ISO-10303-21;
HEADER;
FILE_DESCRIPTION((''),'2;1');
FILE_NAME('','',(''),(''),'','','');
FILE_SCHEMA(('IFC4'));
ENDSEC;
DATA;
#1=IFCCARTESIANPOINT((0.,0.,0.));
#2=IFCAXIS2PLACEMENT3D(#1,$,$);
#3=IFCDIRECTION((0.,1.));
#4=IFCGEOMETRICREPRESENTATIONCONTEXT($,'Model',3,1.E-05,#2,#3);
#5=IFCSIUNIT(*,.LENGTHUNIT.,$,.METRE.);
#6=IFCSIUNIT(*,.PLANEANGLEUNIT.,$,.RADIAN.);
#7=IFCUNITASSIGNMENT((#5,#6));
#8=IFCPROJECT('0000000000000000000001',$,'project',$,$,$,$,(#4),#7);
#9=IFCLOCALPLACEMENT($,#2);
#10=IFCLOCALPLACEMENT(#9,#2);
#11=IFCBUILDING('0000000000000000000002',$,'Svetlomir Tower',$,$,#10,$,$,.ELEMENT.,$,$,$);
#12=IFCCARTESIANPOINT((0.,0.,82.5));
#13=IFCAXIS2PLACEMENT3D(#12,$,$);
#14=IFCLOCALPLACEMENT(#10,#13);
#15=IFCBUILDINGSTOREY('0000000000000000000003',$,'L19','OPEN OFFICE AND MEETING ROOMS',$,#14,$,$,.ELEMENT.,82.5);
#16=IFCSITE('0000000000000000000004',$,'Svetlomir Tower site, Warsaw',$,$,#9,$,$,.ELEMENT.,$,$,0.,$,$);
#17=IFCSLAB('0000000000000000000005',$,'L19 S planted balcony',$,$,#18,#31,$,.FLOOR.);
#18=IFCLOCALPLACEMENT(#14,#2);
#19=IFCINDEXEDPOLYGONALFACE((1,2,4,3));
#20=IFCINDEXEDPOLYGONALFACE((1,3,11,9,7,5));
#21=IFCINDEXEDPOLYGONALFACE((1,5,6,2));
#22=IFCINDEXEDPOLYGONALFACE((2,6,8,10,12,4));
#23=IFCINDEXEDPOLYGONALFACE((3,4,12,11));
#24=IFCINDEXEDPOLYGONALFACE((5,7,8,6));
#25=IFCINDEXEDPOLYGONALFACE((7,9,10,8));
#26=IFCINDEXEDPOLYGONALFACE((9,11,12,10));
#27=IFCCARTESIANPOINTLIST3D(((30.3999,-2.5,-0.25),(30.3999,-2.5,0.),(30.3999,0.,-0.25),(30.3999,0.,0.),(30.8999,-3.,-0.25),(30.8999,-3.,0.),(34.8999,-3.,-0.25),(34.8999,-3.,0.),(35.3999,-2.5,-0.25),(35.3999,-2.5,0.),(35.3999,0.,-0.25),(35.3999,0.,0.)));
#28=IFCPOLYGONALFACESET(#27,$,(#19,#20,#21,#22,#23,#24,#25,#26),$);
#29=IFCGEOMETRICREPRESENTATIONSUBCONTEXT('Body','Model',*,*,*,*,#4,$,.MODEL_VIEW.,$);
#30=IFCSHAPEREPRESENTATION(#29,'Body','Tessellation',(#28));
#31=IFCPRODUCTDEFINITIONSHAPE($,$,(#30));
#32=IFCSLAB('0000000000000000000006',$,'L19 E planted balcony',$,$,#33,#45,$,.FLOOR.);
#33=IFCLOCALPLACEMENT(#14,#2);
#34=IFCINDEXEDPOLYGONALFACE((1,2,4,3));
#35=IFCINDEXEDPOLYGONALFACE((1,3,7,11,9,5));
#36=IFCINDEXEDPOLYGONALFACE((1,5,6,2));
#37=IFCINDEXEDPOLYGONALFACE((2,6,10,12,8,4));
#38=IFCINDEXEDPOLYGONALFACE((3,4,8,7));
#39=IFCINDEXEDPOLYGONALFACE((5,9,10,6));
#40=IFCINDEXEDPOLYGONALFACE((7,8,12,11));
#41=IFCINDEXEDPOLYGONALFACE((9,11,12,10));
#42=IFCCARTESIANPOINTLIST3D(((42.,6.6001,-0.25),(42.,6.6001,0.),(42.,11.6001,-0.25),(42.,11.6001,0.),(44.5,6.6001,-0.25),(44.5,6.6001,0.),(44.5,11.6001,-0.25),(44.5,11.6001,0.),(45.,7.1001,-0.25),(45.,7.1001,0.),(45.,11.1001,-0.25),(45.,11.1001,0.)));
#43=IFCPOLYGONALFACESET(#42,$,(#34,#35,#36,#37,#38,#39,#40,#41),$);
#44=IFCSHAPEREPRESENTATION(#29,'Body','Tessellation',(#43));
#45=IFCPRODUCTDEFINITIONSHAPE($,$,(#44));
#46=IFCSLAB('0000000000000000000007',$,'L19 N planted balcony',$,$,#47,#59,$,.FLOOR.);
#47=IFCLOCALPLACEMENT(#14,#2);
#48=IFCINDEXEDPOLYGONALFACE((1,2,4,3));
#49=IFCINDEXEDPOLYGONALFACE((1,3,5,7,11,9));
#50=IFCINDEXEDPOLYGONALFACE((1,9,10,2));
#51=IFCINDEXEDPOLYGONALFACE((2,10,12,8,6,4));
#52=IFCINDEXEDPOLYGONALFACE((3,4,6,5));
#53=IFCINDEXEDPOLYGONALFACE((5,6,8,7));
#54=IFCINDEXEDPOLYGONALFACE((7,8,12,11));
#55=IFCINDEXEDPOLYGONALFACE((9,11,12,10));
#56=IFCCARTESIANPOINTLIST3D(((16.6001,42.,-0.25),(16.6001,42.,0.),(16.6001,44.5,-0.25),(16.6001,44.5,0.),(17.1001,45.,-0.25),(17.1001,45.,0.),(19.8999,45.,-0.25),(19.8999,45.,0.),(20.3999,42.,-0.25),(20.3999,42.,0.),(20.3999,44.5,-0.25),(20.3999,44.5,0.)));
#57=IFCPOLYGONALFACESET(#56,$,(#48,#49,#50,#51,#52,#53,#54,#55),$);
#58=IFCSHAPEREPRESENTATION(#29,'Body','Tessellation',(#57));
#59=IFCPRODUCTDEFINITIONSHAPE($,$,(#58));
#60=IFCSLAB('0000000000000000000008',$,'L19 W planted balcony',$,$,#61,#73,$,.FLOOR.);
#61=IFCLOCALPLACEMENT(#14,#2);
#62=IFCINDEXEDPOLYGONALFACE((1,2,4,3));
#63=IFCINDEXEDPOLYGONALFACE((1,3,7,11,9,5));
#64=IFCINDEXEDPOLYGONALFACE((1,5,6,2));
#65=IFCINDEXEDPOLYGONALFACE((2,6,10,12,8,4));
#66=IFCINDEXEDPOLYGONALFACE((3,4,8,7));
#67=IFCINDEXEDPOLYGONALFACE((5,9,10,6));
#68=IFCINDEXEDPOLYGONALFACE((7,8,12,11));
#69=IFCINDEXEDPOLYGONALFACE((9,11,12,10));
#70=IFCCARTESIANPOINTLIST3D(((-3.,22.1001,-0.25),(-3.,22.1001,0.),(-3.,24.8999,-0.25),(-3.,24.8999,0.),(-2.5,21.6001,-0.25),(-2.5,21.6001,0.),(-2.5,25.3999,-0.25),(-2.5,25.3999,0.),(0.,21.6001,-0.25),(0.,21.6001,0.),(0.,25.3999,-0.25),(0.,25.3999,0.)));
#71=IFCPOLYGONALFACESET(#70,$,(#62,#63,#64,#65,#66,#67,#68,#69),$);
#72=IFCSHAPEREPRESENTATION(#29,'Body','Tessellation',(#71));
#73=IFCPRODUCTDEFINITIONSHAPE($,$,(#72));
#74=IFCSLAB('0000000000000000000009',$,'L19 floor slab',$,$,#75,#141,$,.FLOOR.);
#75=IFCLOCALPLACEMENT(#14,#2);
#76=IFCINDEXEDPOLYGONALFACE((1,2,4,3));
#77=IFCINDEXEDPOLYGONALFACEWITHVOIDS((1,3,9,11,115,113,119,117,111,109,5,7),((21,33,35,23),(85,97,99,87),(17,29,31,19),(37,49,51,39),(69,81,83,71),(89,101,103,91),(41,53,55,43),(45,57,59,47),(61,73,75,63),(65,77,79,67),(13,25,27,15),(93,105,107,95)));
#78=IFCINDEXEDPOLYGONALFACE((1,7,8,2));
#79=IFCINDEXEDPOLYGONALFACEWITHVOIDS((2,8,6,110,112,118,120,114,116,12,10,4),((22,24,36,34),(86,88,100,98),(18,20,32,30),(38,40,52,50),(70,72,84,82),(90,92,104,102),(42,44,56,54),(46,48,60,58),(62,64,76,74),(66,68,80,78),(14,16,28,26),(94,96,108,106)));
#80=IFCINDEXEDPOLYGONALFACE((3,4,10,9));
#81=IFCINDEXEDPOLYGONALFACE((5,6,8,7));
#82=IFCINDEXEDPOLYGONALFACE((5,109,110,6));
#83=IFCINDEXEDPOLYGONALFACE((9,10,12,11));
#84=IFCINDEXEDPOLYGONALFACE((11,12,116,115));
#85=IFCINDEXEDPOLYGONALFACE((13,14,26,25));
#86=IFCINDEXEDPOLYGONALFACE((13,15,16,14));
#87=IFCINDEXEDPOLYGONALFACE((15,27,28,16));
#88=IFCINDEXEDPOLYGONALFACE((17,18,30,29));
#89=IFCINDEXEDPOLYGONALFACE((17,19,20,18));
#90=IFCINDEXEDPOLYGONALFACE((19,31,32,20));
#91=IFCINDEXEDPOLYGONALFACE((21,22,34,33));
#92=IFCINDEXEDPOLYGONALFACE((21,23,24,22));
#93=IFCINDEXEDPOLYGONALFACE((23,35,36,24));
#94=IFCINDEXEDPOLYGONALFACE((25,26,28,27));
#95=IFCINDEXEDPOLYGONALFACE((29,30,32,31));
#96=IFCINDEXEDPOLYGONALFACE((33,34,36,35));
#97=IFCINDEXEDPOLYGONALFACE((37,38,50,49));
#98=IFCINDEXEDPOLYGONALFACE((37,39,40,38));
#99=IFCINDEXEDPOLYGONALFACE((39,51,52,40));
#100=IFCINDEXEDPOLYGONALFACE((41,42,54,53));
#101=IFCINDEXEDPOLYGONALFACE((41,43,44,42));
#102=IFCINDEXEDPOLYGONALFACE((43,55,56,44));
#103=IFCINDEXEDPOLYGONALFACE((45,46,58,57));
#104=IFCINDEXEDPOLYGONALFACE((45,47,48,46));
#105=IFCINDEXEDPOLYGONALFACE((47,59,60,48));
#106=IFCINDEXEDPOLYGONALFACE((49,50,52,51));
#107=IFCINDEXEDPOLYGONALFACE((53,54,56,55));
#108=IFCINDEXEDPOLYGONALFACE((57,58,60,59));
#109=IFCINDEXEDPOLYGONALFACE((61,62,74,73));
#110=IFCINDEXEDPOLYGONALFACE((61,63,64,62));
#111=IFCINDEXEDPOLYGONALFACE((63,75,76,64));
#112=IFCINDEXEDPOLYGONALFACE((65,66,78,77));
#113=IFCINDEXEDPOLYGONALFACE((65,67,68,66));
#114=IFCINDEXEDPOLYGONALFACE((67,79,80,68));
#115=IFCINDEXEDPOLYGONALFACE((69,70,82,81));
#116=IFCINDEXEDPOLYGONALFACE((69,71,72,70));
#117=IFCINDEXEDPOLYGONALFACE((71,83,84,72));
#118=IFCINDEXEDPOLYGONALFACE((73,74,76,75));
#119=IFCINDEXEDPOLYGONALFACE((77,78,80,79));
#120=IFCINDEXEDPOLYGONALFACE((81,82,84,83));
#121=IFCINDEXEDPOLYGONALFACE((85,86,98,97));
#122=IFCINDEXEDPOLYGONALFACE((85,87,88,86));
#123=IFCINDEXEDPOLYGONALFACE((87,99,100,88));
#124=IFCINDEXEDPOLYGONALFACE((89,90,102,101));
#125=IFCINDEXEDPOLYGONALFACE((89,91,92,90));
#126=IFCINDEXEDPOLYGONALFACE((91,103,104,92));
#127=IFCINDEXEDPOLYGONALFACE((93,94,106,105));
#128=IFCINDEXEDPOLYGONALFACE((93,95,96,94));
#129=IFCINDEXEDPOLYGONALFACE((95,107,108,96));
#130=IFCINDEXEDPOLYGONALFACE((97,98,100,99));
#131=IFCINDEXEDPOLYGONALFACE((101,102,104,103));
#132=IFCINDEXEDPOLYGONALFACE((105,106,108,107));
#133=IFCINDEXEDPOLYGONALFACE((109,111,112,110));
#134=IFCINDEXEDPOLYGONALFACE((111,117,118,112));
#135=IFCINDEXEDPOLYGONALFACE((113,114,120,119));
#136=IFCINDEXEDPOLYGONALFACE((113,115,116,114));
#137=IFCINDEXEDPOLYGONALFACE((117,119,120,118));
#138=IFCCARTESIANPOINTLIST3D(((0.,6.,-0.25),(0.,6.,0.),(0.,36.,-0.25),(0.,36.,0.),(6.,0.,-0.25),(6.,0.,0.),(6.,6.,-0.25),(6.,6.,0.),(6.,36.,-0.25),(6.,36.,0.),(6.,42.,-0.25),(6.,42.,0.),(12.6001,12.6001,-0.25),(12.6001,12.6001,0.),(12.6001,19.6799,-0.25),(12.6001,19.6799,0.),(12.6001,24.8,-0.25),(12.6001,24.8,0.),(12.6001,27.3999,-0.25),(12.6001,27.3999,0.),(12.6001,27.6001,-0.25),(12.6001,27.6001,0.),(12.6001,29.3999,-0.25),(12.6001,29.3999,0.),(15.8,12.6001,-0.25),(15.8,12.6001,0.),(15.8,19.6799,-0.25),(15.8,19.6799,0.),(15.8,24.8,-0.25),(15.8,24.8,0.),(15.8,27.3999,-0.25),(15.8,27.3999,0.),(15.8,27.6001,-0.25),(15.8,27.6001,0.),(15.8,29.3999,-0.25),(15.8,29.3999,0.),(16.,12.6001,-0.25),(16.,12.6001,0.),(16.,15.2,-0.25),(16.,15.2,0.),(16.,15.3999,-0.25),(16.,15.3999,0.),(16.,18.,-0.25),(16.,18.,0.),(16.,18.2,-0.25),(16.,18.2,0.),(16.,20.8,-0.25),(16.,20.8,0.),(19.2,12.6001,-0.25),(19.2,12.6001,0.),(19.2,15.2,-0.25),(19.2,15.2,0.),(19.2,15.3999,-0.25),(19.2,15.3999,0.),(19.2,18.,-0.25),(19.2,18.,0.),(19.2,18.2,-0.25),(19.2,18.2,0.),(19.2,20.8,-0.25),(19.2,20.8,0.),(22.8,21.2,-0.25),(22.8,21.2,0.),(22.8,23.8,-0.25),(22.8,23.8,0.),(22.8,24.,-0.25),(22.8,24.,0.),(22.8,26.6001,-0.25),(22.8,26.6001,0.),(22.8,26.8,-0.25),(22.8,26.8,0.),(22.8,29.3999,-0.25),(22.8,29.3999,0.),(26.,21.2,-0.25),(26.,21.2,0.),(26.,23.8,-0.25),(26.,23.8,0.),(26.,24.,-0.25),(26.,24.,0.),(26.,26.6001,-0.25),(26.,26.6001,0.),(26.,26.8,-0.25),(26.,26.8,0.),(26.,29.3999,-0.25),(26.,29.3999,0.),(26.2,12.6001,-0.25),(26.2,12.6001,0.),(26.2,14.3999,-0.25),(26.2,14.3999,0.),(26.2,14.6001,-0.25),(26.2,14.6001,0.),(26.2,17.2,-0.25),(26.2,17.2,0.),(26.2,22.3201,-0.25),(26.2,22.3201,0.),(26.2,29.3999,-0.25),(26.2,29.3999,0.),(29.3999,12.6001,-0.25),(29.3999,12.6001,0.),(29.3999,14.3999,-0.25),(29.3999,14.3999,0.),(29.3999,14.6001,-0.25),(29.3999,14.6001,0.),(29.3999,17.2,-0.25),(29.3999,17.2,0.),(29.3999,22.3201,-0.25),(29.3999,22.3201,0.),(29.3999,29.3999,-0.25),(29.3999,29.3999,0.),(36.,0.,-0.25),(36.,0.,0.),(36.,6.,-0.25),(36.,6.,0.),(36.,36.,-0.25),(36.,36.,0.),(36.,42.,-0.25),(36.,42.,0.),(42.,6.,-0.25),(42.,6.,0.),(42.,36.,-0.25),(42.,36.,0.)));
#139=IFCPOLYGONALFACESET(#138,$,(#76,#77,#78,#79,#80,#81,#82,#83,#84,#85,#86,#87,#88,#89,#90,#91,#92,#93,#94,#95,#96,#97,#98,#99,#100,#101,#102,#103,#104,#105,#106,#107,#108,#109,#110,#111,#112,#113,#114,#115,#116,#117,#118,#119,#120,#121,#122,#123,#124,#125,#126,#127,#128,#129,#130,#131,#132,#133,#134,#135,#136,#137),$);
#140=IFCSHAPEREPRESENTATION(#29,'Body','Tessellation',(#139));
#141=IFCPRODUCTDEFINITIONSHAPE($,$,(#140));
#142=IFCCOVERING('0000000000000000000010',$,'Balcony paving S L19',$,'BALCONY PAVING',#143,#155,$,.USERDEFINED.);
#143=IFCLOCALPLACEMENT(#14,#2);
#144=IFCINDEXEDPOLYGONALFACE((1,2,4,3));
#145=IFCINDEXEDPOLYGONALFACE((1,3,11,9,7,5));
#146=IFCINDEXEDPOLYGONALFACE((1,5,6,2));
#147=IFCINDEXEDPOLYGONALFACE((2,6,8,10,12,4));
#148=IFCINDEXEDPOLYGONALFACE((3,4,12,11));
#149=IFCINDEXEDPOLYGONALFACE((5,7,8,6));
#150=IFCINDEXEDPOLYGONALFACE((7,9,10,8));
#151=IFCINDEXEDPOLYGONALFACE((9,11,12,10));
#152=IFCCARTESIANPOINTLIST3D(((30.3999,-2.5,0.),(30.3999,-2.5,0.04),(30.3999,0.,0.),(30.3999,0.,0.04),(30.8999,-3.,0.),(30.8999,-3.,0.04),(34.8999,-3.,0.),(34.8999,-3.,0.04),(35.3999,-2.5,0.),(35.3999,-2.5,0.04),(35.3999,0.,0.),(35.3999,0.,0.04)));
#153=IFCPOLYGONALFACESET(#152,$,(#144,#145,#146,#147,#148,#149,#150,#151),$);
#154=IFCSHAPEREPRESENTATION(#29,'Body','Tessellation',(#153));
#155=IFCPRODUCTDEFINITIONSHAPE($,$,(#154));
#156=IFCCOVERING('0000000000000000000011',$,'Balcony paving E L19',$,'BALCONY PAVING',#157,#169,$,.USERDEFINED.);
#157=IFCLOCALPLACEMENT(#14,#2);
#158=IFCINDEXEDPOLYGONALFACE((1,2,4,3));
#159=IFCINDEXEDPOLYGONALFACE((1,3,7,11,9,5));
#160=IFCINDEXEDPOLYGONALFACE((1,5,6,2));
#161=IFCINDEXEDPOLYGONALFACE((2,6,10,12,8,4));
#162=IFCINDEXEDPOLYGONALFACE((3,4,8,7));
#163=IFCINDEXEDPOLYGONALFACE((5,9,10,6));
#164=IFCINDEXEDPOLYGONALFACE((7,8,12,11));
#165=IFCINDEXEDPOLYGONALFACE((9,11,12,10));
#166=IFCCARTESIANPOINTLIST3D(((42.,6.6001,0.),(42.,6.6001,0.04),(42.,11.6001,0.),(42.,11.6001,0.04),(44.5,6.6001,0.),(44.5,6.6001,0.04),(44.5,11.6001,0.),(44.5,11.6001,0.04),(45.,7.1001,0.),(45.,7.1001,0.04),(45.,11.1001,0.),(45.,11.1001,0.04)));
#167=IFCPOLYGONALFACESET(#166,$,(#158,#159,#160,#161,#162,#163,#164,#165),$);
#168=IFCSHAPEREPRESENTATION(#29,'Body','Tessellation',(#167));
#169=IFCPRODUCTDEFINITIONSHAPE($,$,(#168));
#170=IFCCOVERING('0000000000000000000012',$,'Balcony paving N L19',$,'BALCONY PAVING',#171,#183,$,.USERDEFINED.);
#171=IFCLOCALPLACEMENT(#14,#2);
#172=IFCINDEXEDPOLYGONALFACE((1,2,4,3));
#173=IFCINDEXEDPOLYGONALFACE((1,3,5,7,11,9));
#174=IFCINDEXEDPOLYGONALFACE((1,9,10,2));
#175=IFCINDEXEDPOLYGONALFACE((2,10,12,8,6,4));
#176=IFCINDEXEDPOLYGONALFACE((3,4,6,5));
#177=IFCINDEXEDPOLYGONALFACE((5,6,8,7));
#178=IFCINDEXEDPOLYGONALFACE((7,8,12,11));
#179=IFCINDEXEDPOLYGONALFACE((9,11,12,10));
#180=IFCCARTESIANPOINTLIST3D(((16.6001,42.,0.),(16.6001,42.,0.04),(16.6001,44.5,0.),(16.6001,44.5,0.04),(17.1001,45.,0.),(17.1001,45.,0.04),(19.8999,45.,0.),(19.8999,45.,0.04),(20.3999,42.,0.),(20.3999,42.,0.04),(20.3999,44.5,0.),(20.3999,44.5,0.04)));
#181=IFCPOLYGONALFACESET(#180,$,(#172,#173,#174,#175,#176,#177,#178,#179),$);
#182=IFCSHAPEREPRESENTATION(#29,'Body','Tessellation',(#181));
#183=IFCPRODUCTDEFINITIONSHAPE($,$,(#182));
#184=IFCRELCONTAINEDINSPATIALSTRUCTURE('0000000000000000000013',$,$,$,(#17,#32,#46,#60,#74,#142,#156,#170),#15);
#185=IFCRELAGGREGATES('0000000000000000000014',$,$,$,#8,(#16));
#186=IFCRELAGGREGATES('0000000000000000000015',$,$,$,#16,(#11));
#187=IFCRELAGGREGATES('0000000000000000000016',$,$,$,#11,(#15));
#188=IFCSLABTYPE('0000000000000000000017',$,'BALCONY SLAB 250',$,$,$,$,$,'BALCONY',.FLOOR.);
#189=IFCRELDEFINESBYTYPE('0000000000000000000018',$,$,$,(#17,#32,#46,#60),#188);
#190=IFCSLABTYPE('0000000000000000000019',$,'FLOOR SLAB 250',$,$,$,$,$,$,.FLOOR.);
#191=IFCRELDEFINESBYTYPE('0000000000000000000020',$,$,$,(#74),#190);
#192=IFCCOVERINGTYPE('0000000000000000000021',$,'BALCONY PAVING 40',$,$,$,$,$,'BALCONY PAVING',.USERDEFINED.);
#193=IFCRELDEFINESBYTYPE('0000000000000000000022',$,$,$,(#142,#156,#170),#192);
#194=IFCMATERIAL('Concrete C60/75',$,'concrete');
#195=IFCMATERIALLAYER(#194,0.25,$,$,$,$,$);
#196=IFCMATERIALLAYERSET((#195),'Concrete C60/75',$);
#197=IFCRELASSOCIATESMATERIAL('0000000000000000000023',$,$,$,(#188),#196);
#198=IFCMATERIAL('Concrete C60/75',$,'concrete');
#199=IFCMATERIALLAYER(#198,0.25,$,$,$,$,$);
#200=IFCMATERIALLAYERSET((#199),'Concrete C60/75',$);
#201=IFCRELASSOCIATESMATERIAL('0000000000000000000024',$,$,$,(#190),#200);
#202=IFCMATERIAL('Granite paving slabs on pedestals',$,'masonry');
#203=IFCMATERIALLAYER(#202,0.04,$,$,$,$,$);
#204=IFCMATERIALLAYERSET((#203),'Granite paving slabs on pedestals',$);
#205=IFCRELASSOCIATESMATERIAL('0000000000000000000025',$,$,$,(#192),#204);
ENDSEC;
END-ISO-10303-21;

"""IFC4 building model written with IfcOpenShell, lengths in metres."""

from ifc_helpers import new_model, si_unit, direction, frame, origin, place, context, subcontext, project, spatial, polyline, outline, extrude, material, layer, layer_set, type_object, element, save


model = new_model("IFC4")

# Units and contexts
model_context = context("Model", 3, precision=1e-05, world=origin(), true_north=direction((0.0, 1.0)))
body_context = subcontext(model_context, "Body", "Model", "MODEL_VIEW")
ifc_project = project(units=[si_unit("LENGTHUNIT", "METRE"), si_unit("PLANEANGLEUNIT", "RADIAN")], contexts=[model_context])

# Site, building, storey
site_placement = place(None, origin())
site = spatial("IfcSite", under=ifc_project, at=site_placement, Name="Svetlomir Tower site, Warsaw", CompositionType="ELEMENT", RefElevation=0.0)
building_placement = place(site_placement, origin())
building = spatial("IfcBuilding", under=site, at=building_placement, Name="Svetlomir Tower", CompositionType="ELEMENT")
storey_placement = place(building_placement, frame((0.0, 0.0, 82.5)))
storey = spatial("IfcBuildingStorey", under=building, at=storey_placement, Name="L19", Description="OPEN OFFICE AND MEETING ROOMS", CompositionType="ELEMENT", Elevation=82.5)

# Slabs
ifc_material_1 = material(Name="Concrete C60/75", Category="concrete")
ifc_layer_1 = layer(ifc_material_1, 0.25)
ifc_layer_set_1 = layer_set([ifc_layer_1], Name="Concrete C60/75")
slab_type_1 = type_object("IfcSlabType", Name="BALCONY SLAB 250", ElementType="BALCONY", PredefinedType="FLOOR", material=ifc_layer_set_1)
slab_1_placement = place(storey_placement, frame((0.0, 0.0, -0.25)))
element("IfcSlab", 1, at=slab_1_placement, inside=storey, type_object=slab_type_1, Name="L19 S planted balcony", PredefinedType="FLOOR", context=body_context, shape_type="SweptSolid", body=[
    extrude(outline(polyline([(30.3999, -2.5), (30.8999, -3.0), (34.8999, -3.0), (35.3999, -2.5), (35.3999, 0.0), (30.3999, 0.0), (30.3999, -2.5)])), origin(), (0.0, 0.0, 1.0), 0.25),
])
slab_2_placement = place(storey_placement, frame((0.0, 0.0, -0.25)))
element("IfcSlab", 2, at=slab_2_placement, inside=storey, type_object=slab_type_1, Name="L19 E planted balcony", PredefinedType="FLOOR", context=body_context, shape_type="SweptSolid", body=[
    extrude(outline(polyline([(42.0, 6.6001), (44.5, 6.6001), (45.0, 7.1001), (45.0, 11.1001), (44.5, 11.6001), (42.0, 11.6001), (42.0, 6.6001)])), origin(), (0.0, 0.0, 1.0), 0.25),
])
slab_3_placement = place(storey_placement, frame((0.0, 0.0, -0.25)))
element("IfcSlab", 3, at=slab_3_placement, inside=storey, type_object=slab_type_1, Name="L19 N planted balcony", PredefinedType="FLOOR", context=body_context, shape_type="SweptSolid", body=[
    extrude(outline(polyline([(16.6001, 42.0), (20.3999, 42.0), (20.3999, 44.5), (19.8999, 45.0), (17.1001, 45.0), (16.6001, 44.5), (16.6001, 42.0)])), origin(), (0.0, 0.0, 1.0), 0.25),
])
slab_4_placement = place(storey_placement, frame((0.0, 0.0, -0.25)))
element("IfcSlab", 4, at=slab_4_placement, inside=storey, type_object=slab_type_1, Name="L19 W planted balcony", PredefinedType="FLOOR", context=body_context, shape_type="SweptSolid", body=[
    extrude(outline(polyline([(-2.5, 21.6001), (0.0, 21.6001), (0.0, 25.3999), (-2.5, 25.3999), (-3.0, 24.8999), (-3.0, 22.1001), (-2.5, 21.6001)])), origin(), (0.0, 0.0, 1.0), 0.25),
])
ifc_material_2 = material(Name="Concrete C60/75", Category="concrete")
ifc_layer_2 = layer(ifc_material_2, 0.25)
ifc_layer_set_2 = layer_set([ifc_layer_2], Name="Concrete C60/75")
slab_type_2 = type_object("IfcSlabType", Name="FLOOR SLAB 250", PredefinedType="FLOOR", material=ifc_layer_set_2)
slab_5_placement = place(storey_placement, frame((0.0, 0.0, -0.25)))
element("IfcSlab", 5, at=slab_5_placement, inside=storey, type_object=slab_type_2, Name="L19 floor slab", PredefinedType="FLOOR", context=body_context, shape_type="SweptSolid", body=[
    extrude(outline(polyline([(6.0, 0.0), (36.0, 0.0), (36.0, 6.0), (42.0, 6.0), (42.0, 36.0), (36.0, 36.0), (36.0, 42.0), (6.0, 42.0), (6.0, 36.0), (0.0, 36.0), (0.0, 6.0), (6.0, 6.0), (6.0, 0.0)]), holes=[polyline([(12.6001, 24.8), (15.8, 24.8), (15.8, 27.3999), (12.6001, 27.3999), (12.6001, 24.8)]), polyline([(26.2, 14.6001), (29.3999, 14.6001), (29.3999, 17.2), (26.2, 17.2), (26.2, 14.6001)]), polyline([(16.0, 12.6001), (19.2, 12.6001), (19.2, 15.2), (16.0, 15.2), (16.0, 12.6001)]), polyline([(16.0, 15.3999), (19.2, 15.3999), (19.2, 18.0), (16.0, 18.0), (16.0, 15.3999)]), polyline([(16.0, 18.2), (19.2, 18.2), (19.2, 20.8), (16.0, 20.8), (16.0, 18.2)]), polyline([(22.8, 21.2), (26.0, 21.2), (26.0, 23.8), (22.8, 23.8), (22.8, 21.2)]), polyline([(22.8, 24.0), (26.0, 24.0), (26.0, 26.6001), (22.8, 26.6001), (22.8, 24.0)]), polyline([(22.8, 26.8), (26.0, 26.8), (26.0, 29.3999), (22.8, 29.3999), (22.8, 26.8)]), polyline([(12.6001, 27.6001), (15.8, 27.6001), (15.8, 29.3999), (12.6001, 29.3999), (12.6001, 27.6001)]), polyline([(26.2, 12.6001), (29.3999, 12.6001), (29.3999, 14.3999), (26.2, 14.3999), (26.2, 12.6001)]), polyline([(12.6001, 12.6001), (15.8, 12.6001), (15.8, 19.6799), (12.6001, 19.6799), (12.6001, 12.6001)]), polyline([(26.2, 22.3201), (29.3999, 22.3201), (29.3999, 29.3999), (26.2, 29.3999), (26.2, 22.3201)])]), origin(), (0.0, 0.0, 1.0), 0.25),
])

# Coverings
ifc_material_3 = material(Name="Granite paving slabs on pedestals", Category="masonry")
ifc_layer_3 = layer(ifc_material_3, 0.04)
ifc_layer_set_3 = layer_set([ifc_layer_3], Name="Granite paving slabs on pedestals")
covering_type_1 = type_object("IfcCoveringType", Name="BALCONY PAVING 40", ElementType="BALCONY PAVING", PredefinedType="USERDEFINED", material=ifc_layer_set_3)
covering_1_placement = place(storey_placement, origin())
element("IfcCovering", 6, at=covering_1_placement, inside=storey, type_object=covering_type_1, Name="Balcony paving S L19", ObjectType="BALCONY PAVING", PredefinedType="USERDEFINED", context=body_context, shape_type="SweptSolid", body=[
    extrude(outline(polyline([(30.3999, -2.5), (30.8999, -3.0), (34.8999, -3.0), (35.3999, -2.5), (35.3999, 0.0), (30.3999, 0.0), (30.3999, -2.5)])), origin(), (0.0, 0.0, 1.0), 0.04),
])
covering_2_placement = place(storey_placement, origin())
element("IfcCovering", 7, at=covering_2_placement, inside=storey, type_object=covering_type_1, Name="Balcony paving E L19", ObjectType="BALCONY PAVING", PredefinedType="USERDEFINED", context=body_context, shape_type="SweptSolid", body=[
    extrude(outline(polyline([(42.0, 6.6001), (44.5, 6.6001), (45.0, 7.1001), (45.0, 11.1001), (44.5, 11.6001), (42.0, 11.6001), (42.0, 6.6001)])), origin(), (0.0, 0.0, 1.0), 0.04),
])
covering_3_placement = place(storey_placement, origin())
element("IfcCovering", 8, at=covering_3_placement, inside=storey, type_object=covering_type_1, Name="Balcony paving N L19", ObjectType="BALCONY PAVING", PredefinedType="USERDEFINED", context=body_context, shape_type="SweptSolid", body=[
    extrude(outline(polyline([(16.6001, 42.0), (20.3999, 42.0), (20.3999, 44.5), (19.8999, 45.0), (17.1001, 45.0), (16.6001, 44.5), (16.6001, 42.0)])), origin(), (0.0, 0.0, 1.0), 0.04),
])

save(model, "model.ifc")
